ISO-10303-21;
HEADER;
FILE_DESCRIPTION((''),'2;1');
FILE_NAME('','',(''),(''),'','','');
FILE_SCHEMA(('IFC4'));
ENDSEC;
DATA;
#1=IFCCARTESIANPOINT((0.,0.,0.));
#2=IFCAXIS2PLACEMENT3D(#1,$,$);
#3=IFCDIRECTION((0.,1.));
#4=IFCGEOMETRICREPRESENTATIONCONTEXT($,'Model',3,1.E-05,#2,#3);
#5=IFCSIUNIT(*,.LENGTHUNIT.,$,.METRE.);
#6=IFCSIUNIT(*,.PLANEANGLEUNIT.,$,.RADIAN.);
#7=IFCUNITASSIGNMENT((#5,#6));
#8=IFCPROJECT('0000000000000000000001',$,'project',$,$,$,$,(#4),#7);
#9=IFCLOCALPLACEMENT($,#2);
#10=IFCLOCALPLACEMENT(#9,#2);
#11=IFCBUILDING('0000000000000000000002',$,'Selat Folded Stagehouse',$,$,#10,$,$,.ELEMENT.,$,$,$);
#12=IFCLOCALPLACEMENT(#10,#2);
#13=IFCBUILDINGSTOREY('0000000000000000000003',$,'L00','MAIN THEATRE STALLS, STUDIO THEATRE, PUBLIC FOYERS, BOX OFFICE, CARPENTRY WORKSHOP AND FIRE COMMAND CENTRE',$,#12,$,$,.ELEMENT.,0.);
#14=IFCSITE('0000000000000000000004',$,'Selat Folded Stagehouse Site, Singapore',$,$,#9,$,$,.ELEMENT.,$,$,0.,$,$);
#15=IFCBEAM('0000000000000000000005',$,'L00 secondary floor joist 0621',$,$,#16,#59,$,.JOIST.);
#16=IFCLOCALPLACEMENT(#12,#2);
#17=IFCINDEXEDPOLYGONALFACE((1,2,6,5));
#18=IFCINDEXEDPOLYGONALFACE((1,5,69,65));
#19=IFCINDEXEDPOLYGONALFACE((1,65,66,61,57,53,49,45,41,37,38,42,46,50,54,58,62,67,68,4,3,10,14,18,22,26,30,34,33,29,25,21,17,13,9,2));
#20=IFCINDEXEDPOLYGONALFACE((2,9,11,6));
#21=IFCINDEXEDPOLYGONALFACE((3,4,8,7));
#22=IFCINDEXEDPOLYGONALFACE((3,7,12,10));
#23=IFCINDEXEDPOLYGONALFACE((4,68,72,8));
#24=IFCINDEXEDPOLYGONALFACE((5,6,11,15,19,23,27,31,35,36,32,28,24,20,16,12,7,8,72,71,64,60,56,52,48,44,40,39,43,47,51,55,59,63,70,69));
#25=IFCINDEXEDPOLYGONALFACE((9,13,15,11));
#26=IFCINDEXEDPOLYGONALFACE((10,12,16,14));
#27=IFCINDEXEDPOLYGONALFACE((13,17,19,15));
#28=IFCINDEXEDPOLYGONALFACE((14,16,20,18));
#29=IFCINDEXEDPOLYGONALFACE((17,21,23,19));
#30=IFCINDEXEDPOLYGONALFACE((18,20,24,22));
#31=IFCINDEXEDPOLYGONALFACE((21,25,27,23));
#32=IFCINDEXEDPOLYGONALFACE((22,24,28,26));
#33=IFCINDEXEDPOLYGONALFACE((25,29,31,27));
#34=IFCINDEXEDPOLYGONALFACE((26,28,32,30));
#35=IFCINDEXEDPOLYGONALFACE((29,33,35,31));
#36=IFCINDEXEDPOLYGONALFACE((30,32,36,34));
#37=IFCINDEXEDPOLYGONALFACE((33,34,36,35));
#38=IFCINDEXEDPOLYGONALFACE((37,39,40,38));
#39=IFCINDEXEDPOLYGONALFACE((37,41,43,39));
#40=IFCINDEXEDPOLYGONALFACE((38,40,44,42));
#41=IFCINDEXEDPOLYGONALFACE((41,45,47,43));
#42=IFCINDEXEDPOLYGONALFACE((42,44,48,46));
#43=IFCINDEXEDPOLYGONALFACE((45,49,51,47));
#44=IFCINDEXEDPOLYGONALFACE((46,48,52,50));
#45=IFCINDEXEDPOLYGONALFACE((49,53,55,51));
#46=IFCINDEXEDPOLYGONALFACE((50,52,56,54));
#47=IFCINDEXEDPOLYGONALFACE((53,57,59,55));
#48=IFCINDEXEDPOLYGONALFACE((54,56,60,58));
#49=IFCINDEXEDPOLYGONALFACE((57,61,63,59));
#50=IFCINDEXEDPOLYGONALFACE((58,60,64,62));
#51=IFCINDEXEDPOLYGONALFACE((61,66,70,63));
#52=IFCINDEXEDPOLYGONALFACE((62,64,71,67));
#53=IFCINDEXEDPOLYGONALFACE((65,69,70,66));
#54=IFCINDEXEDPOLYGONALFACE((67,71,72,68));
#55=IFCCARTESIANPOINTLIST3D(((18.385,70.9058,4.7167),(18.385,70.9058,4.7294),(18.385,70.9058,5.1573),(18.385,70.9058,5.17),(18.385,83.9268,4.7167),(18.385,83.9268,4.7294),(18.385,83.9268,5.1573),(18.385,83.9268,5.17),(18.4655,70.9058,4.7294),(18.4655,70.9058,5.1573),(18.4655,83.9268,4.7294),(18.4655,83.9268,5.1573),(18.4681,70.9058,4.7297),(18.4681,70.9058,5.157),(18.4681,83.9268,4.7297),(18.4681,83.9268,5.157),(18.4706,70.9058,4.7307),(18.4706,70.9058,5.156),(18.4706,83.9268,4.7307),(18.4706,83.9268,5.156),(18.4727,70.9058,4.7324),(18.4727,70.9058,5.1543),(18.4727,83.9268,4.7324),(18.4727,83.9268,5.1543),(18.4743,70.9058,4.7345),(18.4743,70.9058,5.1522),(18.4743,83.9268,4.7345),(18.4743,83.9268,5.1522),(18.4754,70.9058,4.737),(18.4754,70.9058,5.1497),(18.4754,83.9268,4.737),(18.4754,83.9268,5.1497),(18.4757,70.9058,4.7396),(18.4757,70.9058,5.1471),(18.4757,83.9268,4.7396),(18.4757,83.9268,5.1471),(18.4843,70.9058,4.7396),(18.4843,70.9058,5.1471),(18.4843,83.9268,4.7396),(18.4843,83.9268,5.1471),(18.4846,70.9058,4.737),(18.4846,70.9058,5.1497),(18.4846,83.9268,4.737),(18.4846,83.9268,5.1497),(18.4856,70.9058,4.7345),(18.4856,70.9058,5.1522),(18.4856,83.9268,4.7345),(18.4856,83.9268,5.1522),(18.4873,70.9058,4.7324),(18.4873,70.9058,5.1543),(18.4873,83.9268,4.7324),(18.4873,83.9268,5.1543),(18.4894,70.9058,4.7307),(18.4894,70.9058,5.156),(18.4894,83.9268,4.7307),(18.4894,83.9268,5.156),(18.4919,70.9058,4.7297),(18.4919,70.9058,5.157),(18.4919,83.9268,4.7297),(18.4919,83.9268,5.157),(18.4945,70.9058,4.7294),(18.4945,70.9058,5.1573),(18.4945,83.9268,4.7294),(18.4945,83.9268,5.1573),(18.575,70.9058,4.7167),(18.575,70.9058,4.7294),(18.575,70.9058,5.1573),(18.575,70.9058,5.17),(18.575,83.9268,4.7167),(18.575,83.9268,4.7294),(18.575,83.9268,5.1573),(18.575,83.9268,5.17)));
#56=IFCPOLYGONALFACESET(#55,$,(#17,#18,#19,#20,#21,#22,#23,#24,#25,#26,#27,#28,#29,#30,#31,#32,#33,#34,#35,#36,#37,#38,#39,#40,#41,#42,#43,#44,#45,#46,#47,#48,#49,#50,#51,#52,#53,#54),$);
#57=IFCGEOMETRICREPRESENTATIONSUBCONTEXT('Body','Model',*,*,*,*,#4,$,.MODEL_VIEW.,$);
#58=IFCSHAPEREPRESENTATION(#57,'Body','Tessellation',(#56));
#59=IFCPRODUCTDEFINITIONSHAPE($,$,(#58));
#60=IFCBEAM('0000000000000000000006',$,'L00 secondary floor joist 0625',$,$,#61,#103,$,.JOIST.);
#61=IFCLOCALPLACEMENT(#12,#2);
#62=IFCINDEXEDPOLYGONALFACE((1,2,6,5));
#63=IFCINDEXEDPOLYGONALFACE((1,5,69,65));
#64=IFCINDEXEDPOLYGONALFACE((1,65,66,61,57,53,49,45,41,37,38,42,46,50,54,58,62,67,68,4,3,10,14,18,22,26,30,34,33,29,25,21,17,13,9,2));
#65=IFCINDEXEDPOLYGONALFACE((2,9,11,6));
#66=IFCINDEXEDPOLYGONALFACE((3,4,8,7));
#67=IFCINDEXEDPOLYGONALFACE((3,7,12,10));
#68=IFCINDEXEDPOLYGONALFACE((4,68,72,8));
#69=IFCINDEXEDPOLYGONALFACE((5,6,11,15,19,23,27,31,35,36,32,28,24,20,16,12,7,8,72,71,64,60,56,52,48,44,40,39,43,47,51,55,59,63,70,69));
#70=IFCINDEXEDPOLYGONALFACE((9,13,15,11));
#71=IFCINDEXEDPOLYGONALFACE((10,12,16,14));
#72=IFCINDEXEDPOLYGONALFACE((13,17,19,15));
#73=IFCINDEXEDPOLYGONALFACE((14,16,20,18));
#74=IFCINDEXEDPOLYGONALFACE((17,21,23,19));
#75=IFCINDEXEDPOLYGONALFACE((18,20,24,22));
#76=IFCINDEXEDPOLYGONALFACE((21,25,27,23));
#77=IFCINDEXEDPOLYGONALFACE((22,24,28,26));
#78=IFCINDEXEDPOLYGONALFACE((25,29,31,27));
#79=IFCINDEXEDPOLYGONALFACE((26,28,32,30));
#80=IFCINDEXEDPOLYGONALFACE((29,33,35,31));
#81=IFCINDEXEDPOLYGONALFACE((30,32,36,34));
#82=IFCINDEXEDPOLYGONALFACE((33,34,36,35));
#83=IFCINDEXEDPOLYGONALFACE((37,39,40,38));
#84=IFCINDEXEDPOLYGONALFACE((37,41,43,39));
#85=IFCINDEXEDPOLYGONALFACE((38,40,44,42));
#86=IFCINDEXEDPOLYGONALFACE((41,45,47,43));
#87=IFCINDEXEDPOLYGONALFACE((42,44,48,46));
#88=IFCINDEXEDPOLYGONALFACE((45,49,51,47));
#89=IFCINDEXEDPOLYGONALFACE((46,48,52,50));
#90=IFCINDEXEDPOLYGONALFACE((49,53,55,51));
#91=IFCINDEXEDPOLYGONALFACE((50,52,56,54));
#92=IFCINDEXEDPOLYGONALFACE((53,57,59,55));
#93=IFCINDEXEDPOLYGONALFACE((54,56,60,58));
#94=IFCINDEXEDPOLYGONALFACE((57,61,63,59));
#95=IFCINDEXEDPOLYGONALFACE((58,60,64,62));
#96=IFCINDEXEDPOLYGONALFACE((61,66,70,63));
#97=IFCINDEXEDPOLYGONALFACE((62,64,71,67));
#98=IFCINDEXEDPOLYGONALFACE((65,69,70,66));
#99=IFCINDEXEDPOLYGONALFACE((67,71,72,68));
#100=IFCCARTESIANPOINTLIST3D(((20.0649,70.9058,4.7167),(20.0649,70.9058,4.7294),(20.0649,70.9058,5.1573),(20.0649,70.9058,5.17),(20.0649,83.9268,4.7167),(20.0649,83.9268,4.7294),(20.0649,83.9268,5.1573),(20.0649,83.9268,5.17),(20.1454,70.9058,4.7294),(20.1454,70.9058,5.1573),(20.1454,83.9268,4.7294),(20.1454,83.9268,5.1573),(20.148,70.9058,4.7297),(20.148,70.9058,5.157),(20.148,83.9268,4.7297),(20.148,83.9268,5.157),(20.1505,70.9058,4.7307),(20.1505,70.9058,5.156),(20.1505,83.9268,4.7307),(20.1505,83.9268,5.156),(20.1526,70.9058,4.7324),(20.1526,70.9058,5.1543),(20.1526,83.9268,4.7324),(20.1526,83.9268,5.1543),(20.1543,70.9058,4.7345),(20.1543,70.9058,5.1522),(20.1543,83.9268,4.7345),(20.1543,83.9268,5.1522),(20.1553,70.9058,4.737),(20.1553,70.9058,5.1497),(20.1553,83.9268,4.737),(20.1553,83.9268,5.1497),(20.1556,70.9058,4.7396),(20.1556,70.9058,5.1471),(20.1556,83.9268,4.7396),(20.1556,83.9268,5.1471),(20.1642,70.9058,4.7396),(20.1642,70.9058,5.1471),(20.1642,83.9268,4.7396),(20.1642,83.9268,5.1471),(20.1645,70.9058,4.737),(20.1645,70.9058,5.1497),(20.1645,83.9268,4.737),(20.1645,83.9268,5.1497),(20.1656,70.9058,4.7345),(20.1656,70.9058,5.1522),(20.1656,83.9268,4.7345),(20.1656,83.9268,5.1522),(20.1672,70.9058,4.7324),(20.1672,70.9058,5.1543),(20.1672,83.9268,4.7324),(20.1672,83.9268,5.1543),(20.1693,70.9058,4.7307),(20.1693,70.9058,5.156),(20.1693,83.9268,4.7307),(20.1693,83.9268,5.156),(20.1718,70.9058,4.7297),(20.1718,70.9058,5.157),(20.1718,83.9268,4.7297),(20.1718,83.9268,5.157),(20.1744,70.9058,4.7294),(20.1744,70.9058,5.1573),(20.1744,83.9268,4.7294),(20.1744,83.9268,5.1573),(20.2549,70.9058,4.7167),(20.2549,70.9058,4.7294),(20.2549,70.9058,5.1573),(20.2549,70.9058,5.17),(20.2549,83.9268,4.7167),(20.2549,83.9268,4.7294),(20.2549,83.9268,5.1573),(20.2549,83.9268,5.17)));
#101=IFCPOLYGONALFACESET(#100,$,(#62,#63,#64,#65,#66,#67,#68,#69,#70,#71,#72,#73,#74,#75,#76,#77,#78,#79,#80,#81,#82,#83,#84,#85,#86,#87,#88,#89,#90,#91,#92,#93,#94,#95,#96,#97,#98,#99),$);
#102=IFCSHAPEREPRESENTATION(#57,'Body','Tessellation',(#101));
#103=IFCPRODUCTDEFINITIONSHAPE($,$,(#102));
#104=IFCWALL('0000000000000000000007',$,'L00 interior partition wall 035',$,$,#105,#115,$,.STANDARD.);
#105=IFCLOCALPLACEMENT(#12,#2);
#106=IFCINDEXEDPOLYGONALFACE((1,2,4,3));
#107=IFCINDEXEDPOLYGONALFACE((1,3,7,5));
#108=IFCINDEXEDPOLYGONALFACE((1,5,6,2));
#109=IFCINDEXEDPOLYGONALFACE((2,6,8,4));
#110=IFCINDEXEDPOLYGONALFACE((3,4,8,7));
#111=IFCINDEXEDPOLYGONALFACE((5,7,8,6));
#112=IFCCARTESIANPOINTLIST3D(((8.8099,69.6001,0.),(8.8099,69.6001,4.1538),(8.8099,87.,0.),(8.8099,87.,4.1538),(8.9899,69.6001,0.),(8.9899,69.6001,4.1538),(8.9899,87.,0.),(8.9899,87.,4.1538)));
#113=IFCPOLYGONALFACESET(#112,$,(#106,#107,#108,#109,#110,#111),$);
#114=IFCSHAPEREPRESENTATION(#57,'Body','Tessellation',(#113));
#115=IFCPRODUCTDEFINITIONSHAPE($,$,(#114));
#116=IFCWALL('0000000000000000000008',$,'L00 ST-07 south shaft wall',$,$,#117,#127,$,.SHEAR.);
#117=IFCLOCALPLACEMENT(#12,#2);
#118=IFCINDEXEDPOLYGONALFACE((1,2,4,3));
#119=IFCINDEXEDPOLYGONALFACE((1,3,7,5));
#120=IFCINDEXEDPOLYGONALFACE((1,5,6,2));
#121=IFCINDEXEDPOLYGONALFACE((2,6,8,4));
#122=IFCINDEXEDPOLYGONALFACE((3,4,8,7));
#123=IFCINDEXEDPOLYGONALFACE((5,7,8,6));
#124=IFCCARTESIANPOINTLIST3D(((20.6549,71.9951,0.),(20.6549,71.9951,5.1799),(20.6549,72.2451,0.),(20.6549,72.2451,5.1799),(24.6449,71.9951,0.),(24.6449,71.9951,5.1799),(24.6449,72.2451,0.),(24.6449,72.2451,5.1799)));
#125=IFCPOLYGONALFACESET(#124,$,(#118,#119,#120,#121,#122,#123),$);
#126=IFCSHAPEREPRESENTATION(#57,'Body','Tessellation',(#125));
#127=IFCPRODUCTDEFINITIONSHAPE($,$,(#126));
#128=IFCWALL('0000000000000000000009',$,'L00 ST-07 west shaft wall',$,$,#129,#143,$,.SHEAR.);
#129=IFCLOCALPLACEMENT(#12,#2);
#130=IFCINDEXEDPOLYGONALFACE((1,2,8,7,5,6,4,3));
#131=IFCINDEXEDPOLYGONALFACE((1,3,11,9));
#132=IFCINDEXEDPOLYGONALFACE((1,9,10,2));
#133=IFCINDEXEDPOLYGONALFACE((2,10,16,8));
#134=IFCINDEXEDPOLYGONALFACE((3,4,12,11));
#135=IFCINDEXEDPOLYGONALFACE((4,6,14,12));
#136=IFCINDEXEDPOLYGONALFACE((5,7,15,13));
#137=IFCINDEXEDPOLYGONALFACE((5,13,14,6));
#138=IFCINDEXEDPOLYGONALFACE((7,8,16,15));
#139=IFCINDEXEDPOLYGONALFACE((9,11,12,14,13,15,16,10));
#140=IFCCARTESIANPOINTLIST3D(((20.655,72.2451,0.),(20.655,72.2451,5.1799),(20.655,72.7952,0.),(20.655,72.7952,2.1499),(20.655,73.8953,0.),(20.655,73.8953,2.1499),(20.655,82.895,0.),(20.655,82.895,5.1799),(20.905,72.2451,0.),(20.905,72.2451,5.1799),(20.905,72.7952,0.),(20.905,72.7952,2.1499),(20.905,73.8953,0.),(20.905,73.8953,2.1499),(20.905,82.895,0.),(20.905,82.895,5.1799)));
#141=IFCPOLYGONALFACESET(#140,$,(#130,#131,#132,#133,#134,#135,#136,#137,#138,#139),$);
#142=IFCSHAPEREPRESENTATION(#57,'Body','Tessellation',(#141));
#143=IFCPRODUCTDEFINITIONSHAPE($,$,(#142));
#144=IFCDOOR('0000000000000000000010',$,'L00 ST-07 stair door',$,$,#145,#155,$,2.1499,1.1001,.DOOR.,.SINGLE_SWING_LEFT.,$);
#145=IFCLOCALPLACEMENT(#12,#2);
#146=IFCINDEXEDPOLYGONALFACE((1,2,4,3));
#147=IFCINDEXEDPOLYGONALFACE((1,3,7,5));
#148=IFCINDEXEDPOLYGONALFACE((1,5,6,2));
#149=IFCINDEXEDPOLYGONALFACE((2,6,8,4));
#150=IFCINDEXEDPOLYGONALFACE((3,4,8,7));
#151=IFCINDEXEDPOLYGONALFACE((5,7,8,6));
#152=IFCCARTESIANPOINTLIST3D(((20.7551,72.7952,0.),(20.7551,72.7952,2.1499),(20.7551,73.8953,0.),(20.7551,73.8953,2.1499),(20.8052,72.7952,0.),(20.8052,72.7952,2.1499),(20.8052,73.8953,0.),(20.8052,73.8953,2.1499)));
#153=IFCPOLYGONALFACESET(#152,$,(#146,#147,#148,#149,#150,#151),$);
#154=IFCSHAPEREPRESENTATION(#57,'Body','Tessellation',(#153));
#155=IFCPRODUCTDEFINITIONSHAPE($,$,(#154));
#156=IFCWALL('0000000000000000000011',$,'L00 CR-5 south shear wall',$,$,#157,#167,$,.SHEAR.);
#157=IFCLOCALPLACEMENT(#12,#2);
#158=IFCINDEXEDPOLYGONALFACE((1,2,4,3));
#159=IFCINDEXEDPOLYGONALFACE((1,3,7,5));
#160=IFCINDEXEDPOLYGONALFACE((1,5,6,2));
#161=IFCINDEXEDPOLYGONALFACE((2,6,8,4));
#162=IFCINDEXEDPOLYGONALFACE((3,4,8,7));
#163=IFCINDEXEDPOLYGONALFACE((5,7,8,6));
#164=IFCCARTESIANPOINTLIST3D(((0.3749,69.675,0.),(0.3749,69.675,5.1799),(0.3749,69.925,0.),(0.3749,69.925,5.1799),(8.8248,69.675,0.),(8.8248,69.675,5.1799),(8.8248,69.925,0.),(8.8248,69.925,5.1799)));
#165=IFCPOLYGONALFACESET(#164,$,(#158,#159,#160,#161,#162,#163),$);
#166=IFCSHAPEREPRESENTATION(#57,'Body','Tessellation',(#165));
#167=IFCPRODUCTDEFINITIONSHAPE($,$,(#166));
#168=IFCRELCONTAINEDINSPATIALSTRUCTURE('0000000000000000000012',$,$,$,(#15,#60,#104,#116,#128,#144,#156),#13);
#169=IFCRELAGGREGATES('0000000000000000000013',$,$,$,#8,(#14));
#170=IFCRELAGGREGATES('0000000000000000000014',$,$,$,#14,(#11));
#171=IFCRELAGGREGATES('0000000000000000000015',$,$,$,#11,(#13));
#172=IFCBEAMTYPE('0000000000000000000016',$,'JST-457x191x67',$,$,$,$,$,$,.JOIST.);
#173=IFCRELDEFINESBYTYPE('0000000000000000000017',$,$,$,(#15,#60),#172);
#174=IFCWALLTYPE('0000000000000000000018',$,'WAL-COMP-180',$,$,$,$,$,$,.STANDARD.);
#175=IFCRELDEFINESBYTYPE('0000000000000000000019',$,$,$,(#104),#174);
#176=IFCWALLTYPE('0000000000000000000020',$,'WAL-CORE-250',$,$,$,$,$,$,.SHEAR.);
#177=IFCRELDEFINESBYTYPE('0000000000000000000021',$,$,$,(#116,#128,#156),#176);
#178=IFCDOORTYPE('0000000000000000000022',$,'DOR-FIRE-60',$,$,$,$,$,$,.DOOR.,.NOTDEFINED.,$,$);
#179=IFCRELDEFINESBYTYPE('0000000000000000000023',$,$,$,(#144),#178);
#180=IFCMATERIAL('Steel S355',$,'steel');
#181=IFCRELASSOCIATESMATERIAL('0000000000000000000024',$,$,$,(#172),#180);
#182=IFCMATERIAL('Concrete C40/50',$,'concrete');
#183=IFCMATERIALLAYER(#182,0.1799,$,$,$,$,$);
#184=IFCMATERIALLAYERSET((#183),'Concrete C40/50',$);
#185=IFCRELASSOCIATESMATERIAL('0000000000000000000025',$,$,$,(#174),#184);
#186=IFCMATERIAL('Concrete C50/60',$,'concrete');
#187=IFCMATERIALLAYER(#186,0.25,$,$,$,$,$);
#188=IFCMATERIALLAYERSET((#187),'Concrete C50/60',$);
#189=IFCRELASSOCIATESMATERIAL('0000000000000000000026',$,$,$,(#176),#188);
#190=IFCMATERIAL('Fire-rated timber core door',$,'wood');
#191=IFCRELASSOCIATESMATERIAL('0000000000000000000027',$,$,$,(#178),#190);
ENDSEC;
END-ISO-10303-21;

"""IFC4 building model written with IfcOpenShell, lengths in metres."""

from ifc_helpers import new_model, si_unit, direction, frame, frame_2d, origin, origin_2d, place, context, subcontext, project, spatial, rectangle, i_section, extrude, material, layer, layer_set, material_profile, profile_set, type_object, element, fill, save


model = new_model("IFC4")

# Units and contexts
model_context = context("Model", 3, precision=1e-05, world=origin(), true_north=direction((0.0, 1.0)))
body_context = subcontext(model_context, "Body", "Model", "MODEL_VIEW")
ifc_project = project(units=[si_unit("LENGTHUNIT", "METRE"), si_unit("PLANEANGLEUNIT", "RADIAN")], contexts=[model_context])

# Site, building, storey
site_placement = place(None, origin())
site = spatial("IfcSite", under=ifc_project, at=site_placement, Name="Selat Folded Stagehouse Site, Singapore", CompositionType="ELEMENT", RefElevation=0.0)
building_placement = place(site_placement, origin())
building = spatial("IfcBuilding", under=site, at=building_placement, Name="Selat Folded Stagehouse", CompositionType="ELEMENT")
storey_placement = place(building_placement, origin())
storey = spatial("IfcBuildingStorey", under=building, at=storey_placement, Name="L00", Description="MAIN THEATRE STALLS, STUDIO THEATRE, PUBLIC FOYERS, BOX OFFICE, CARPENTRY WORKSHOP AND FIRE COMMAND CENTRE", CompositionType="ELEMENT", Elevation=0.0)

# Shared definitions
ifc_material_1 = material(Name="Steel S355", Category="steel")

# Beams
ifc_material_profile_1 = material_profile(ifc_material_1, i_section(OverallWidth=0.1899, OverallDepth=0.4534, WebThickness=0.0085, FlangeThickness=0.0127, FilletRadius=0.0103, at=origin_2d()), Name="UKB 457x191x67")
ifc_profile_set_1 = profile_set([ifc_material_profile_1], Name="Steel S355")
beam_type_1 = type_object("IfcBeamType", Name="JST-457x191x67", PredefinedType="JOIST", material=ifc_profile_set_1)
for number, where, z_axis, x_axis, name in (
    (1, (18.48, 70.9058, 4.9434), (0.0, 1.0, 0.0), (-1.0, 0.0, 0.0), "L00 secondary floor joist 0621"),
    (2, (20.1599, 70.9058, 4.9434), (0.0, 1.0, 0.0), (-1.0, 0.0, 0.0), "L00 secondary floor joist 0625"),
):
    element("IfcBeam", number, at=place(storey_placement, frame(where, z_axis=z_axis, x_axis=x_axis)), inside=storey, type_object=beam_type_1, Name=name, PredefinedType="JOIST", context=body_context, shape_type="SweptSolid", body=[
        extrude(i_section(OverallWidth=0.1899, OverallDepth=0.4534, WebThickness=0.0085, FlangeThickness=0.0127, FilletRadius=0.0103, at=origin_2d()), origin(), (0.0, 0.0, 1.0), 13.021),
    ])

# Walls
ifc_material_2 = material(Name="Concrete C40/50", Category="concrete")
ifc_layer_1 = layer(ifc_material_2, 0.1799)
ifc_layer_set_1 = layer_set([ifc_layer_1], Name="Concrete C40/50")
wall_type_1 = type_object("IfcWallType", Name="WAL-COMP-180", PredefinedType="STANDARD", material=ifc_layer_set_1)
wall_1_placement = place(storey_placement, frame((8.8999, 69.6001, 0.0), z_axis=(0.0, 0.0, 1.0), x_axis=(0.0, 1.0, 0.0)))
element("IfcWall", 3, at=wall_1_placement, inside=storey, type_object=wall_type_1, Name="L00 interior partition wall 035", PredefinedType="STANDARD", context=body_context, shape_type="SweptSolid", body=[
    extrude(rectangle(XDim=17.3999, YDim=0.1799, at=frame_2d((8.7, 0.0))), origin(), (0.0, 0.0, 1.0), 4.1538),
])
ifc_material_3 = material(Name="Concrete C50/60", Category="concrete")
ifc_layer_2 = layer(ifc_material_3, 0.25)
ifc_layer_set_2 = layer_set([ifc_layer_2], Name="Concrete C50/60")
wall_type_2 = type_object("IfcWallType", Name="WAL-CORE-250", PredefinedType="SHEAR", material=ifc_layer_set_2)
wall_2_placement = place(storey_placement, frame((24.645, 72.1201, 0.0), z_axis=(0.0, 0.0, 1.0), x_axis=(-1.0, 0.0, 0.0)))
element("IfcWall", 4, at=wall_2_placement, inside=storey, type_object=wall_type_2, Name="L00 ST-07 south shaft wall", PredefinedType="SHEAR", context=body_context, shape_type="SweptSolid", body=[
    extrude(rectangle(XDim=3.99, YDim=0.25, at=frame_2d((1.9951, 0.0))), origin(), (0.0, 0.0, 1.0), 5.1799),
])

# Wall, opening, door
wall_3_placement = place(storey_placement, frame((20.78, 72.2451, 0.0), z_axis=(0.0, 0.0, 1.0), x_axis=(0.0, 1.0, 0.0)))
wall_3 = element("IfcWall", 5, at=wall_3_placement, inside=storey, type_object=wall_type_2, Name="L00 ST-07 west shaft wall", PredefinedType="SHEAR", context=body_context, shape_type="SweptSolid", body=[
    extrude(rectangle(XDim=10.6499, YDim=0.25, at=frame_2d((5.325, 0.0))), origin(), (0.0, 0.0, 1.0), 5.1799),
])
opening_1_placement = place(wall_3_placement, frame((0.55, 0.0, 0.0)))
opening_1 = element("IfcOpeningElement", 6, at=opening_1_placement, cuts=wall_3, PredefinedType="OPENING", context=body_context, shape_type="SweptSolid", body=[
    extrude(rectangle(XDim=1.1001, YDim=2.1499, at=frame_2d((0.55, 1.075))), frame((0.0, 0.135, 0.0), z_axis=(0.0, -1.0, 0.0), x_axis=(1.0, 0.0, 0.0)), (0.0, 0.0, 1.0), 0.27),
])
ifc_material_4 = material(Name="Fire-rated timber core door", Category="wood")
door_type_1 = type_object("IfcDoorType", Name="DOR-FIRE-60", OperationType="NOTDEFINED", PredefinedType="DOOR", material=ifc_material_4)
door_1_placement = place(opening_1_placement, origin())
door_1 = element("IfcDoor", 7, at=door_1_placement, inside=storey, type_object=door_type_1, Name="L00 ST-07 stair door", OperationType="SINGLE_SWING_LEFT", OverallHeight=2.1499, OverallWidth=1.1001, PredefinedType="DOOR", context=body_context, shape_type="SweptSolid", body=[
    extrude(rectangle(XDim=1.1001, YDim=2.1499, at=frame_2d((0.55, 1.075))), frame((0.0, 0.0249, 0.0), z_axis=(0.0, -1.0, 0.0), x_axis=(1.0, 0.0, 0.0)), (0.0, 0.0, 1.0), 0.05),
])
fill(opening_1, door_1)

# Wall
wall_4_placement = place(storey_placement, frame((8.825, 69.8, 0.0), z_axis=(0.0, 0.0, 1.0), x_axis=(-1.0, 0.0, 0.0)))
element("IfcWall", 8, at=wall_4_placement, inside=storey, type_object=wall_type_2, Name="L00 CR-5 south shear wall", PredefinedType="SHEAR", context=body_context, shape_type="SweptSolid", body=[
    extrude(rectangle(XDim=8.45, YDim=0.25, at=frame_2d((4.2251, 0.0))), origin(), (0.0, 0.0, 1.0), 5.1799),
])

save(model, "model.ifc")
